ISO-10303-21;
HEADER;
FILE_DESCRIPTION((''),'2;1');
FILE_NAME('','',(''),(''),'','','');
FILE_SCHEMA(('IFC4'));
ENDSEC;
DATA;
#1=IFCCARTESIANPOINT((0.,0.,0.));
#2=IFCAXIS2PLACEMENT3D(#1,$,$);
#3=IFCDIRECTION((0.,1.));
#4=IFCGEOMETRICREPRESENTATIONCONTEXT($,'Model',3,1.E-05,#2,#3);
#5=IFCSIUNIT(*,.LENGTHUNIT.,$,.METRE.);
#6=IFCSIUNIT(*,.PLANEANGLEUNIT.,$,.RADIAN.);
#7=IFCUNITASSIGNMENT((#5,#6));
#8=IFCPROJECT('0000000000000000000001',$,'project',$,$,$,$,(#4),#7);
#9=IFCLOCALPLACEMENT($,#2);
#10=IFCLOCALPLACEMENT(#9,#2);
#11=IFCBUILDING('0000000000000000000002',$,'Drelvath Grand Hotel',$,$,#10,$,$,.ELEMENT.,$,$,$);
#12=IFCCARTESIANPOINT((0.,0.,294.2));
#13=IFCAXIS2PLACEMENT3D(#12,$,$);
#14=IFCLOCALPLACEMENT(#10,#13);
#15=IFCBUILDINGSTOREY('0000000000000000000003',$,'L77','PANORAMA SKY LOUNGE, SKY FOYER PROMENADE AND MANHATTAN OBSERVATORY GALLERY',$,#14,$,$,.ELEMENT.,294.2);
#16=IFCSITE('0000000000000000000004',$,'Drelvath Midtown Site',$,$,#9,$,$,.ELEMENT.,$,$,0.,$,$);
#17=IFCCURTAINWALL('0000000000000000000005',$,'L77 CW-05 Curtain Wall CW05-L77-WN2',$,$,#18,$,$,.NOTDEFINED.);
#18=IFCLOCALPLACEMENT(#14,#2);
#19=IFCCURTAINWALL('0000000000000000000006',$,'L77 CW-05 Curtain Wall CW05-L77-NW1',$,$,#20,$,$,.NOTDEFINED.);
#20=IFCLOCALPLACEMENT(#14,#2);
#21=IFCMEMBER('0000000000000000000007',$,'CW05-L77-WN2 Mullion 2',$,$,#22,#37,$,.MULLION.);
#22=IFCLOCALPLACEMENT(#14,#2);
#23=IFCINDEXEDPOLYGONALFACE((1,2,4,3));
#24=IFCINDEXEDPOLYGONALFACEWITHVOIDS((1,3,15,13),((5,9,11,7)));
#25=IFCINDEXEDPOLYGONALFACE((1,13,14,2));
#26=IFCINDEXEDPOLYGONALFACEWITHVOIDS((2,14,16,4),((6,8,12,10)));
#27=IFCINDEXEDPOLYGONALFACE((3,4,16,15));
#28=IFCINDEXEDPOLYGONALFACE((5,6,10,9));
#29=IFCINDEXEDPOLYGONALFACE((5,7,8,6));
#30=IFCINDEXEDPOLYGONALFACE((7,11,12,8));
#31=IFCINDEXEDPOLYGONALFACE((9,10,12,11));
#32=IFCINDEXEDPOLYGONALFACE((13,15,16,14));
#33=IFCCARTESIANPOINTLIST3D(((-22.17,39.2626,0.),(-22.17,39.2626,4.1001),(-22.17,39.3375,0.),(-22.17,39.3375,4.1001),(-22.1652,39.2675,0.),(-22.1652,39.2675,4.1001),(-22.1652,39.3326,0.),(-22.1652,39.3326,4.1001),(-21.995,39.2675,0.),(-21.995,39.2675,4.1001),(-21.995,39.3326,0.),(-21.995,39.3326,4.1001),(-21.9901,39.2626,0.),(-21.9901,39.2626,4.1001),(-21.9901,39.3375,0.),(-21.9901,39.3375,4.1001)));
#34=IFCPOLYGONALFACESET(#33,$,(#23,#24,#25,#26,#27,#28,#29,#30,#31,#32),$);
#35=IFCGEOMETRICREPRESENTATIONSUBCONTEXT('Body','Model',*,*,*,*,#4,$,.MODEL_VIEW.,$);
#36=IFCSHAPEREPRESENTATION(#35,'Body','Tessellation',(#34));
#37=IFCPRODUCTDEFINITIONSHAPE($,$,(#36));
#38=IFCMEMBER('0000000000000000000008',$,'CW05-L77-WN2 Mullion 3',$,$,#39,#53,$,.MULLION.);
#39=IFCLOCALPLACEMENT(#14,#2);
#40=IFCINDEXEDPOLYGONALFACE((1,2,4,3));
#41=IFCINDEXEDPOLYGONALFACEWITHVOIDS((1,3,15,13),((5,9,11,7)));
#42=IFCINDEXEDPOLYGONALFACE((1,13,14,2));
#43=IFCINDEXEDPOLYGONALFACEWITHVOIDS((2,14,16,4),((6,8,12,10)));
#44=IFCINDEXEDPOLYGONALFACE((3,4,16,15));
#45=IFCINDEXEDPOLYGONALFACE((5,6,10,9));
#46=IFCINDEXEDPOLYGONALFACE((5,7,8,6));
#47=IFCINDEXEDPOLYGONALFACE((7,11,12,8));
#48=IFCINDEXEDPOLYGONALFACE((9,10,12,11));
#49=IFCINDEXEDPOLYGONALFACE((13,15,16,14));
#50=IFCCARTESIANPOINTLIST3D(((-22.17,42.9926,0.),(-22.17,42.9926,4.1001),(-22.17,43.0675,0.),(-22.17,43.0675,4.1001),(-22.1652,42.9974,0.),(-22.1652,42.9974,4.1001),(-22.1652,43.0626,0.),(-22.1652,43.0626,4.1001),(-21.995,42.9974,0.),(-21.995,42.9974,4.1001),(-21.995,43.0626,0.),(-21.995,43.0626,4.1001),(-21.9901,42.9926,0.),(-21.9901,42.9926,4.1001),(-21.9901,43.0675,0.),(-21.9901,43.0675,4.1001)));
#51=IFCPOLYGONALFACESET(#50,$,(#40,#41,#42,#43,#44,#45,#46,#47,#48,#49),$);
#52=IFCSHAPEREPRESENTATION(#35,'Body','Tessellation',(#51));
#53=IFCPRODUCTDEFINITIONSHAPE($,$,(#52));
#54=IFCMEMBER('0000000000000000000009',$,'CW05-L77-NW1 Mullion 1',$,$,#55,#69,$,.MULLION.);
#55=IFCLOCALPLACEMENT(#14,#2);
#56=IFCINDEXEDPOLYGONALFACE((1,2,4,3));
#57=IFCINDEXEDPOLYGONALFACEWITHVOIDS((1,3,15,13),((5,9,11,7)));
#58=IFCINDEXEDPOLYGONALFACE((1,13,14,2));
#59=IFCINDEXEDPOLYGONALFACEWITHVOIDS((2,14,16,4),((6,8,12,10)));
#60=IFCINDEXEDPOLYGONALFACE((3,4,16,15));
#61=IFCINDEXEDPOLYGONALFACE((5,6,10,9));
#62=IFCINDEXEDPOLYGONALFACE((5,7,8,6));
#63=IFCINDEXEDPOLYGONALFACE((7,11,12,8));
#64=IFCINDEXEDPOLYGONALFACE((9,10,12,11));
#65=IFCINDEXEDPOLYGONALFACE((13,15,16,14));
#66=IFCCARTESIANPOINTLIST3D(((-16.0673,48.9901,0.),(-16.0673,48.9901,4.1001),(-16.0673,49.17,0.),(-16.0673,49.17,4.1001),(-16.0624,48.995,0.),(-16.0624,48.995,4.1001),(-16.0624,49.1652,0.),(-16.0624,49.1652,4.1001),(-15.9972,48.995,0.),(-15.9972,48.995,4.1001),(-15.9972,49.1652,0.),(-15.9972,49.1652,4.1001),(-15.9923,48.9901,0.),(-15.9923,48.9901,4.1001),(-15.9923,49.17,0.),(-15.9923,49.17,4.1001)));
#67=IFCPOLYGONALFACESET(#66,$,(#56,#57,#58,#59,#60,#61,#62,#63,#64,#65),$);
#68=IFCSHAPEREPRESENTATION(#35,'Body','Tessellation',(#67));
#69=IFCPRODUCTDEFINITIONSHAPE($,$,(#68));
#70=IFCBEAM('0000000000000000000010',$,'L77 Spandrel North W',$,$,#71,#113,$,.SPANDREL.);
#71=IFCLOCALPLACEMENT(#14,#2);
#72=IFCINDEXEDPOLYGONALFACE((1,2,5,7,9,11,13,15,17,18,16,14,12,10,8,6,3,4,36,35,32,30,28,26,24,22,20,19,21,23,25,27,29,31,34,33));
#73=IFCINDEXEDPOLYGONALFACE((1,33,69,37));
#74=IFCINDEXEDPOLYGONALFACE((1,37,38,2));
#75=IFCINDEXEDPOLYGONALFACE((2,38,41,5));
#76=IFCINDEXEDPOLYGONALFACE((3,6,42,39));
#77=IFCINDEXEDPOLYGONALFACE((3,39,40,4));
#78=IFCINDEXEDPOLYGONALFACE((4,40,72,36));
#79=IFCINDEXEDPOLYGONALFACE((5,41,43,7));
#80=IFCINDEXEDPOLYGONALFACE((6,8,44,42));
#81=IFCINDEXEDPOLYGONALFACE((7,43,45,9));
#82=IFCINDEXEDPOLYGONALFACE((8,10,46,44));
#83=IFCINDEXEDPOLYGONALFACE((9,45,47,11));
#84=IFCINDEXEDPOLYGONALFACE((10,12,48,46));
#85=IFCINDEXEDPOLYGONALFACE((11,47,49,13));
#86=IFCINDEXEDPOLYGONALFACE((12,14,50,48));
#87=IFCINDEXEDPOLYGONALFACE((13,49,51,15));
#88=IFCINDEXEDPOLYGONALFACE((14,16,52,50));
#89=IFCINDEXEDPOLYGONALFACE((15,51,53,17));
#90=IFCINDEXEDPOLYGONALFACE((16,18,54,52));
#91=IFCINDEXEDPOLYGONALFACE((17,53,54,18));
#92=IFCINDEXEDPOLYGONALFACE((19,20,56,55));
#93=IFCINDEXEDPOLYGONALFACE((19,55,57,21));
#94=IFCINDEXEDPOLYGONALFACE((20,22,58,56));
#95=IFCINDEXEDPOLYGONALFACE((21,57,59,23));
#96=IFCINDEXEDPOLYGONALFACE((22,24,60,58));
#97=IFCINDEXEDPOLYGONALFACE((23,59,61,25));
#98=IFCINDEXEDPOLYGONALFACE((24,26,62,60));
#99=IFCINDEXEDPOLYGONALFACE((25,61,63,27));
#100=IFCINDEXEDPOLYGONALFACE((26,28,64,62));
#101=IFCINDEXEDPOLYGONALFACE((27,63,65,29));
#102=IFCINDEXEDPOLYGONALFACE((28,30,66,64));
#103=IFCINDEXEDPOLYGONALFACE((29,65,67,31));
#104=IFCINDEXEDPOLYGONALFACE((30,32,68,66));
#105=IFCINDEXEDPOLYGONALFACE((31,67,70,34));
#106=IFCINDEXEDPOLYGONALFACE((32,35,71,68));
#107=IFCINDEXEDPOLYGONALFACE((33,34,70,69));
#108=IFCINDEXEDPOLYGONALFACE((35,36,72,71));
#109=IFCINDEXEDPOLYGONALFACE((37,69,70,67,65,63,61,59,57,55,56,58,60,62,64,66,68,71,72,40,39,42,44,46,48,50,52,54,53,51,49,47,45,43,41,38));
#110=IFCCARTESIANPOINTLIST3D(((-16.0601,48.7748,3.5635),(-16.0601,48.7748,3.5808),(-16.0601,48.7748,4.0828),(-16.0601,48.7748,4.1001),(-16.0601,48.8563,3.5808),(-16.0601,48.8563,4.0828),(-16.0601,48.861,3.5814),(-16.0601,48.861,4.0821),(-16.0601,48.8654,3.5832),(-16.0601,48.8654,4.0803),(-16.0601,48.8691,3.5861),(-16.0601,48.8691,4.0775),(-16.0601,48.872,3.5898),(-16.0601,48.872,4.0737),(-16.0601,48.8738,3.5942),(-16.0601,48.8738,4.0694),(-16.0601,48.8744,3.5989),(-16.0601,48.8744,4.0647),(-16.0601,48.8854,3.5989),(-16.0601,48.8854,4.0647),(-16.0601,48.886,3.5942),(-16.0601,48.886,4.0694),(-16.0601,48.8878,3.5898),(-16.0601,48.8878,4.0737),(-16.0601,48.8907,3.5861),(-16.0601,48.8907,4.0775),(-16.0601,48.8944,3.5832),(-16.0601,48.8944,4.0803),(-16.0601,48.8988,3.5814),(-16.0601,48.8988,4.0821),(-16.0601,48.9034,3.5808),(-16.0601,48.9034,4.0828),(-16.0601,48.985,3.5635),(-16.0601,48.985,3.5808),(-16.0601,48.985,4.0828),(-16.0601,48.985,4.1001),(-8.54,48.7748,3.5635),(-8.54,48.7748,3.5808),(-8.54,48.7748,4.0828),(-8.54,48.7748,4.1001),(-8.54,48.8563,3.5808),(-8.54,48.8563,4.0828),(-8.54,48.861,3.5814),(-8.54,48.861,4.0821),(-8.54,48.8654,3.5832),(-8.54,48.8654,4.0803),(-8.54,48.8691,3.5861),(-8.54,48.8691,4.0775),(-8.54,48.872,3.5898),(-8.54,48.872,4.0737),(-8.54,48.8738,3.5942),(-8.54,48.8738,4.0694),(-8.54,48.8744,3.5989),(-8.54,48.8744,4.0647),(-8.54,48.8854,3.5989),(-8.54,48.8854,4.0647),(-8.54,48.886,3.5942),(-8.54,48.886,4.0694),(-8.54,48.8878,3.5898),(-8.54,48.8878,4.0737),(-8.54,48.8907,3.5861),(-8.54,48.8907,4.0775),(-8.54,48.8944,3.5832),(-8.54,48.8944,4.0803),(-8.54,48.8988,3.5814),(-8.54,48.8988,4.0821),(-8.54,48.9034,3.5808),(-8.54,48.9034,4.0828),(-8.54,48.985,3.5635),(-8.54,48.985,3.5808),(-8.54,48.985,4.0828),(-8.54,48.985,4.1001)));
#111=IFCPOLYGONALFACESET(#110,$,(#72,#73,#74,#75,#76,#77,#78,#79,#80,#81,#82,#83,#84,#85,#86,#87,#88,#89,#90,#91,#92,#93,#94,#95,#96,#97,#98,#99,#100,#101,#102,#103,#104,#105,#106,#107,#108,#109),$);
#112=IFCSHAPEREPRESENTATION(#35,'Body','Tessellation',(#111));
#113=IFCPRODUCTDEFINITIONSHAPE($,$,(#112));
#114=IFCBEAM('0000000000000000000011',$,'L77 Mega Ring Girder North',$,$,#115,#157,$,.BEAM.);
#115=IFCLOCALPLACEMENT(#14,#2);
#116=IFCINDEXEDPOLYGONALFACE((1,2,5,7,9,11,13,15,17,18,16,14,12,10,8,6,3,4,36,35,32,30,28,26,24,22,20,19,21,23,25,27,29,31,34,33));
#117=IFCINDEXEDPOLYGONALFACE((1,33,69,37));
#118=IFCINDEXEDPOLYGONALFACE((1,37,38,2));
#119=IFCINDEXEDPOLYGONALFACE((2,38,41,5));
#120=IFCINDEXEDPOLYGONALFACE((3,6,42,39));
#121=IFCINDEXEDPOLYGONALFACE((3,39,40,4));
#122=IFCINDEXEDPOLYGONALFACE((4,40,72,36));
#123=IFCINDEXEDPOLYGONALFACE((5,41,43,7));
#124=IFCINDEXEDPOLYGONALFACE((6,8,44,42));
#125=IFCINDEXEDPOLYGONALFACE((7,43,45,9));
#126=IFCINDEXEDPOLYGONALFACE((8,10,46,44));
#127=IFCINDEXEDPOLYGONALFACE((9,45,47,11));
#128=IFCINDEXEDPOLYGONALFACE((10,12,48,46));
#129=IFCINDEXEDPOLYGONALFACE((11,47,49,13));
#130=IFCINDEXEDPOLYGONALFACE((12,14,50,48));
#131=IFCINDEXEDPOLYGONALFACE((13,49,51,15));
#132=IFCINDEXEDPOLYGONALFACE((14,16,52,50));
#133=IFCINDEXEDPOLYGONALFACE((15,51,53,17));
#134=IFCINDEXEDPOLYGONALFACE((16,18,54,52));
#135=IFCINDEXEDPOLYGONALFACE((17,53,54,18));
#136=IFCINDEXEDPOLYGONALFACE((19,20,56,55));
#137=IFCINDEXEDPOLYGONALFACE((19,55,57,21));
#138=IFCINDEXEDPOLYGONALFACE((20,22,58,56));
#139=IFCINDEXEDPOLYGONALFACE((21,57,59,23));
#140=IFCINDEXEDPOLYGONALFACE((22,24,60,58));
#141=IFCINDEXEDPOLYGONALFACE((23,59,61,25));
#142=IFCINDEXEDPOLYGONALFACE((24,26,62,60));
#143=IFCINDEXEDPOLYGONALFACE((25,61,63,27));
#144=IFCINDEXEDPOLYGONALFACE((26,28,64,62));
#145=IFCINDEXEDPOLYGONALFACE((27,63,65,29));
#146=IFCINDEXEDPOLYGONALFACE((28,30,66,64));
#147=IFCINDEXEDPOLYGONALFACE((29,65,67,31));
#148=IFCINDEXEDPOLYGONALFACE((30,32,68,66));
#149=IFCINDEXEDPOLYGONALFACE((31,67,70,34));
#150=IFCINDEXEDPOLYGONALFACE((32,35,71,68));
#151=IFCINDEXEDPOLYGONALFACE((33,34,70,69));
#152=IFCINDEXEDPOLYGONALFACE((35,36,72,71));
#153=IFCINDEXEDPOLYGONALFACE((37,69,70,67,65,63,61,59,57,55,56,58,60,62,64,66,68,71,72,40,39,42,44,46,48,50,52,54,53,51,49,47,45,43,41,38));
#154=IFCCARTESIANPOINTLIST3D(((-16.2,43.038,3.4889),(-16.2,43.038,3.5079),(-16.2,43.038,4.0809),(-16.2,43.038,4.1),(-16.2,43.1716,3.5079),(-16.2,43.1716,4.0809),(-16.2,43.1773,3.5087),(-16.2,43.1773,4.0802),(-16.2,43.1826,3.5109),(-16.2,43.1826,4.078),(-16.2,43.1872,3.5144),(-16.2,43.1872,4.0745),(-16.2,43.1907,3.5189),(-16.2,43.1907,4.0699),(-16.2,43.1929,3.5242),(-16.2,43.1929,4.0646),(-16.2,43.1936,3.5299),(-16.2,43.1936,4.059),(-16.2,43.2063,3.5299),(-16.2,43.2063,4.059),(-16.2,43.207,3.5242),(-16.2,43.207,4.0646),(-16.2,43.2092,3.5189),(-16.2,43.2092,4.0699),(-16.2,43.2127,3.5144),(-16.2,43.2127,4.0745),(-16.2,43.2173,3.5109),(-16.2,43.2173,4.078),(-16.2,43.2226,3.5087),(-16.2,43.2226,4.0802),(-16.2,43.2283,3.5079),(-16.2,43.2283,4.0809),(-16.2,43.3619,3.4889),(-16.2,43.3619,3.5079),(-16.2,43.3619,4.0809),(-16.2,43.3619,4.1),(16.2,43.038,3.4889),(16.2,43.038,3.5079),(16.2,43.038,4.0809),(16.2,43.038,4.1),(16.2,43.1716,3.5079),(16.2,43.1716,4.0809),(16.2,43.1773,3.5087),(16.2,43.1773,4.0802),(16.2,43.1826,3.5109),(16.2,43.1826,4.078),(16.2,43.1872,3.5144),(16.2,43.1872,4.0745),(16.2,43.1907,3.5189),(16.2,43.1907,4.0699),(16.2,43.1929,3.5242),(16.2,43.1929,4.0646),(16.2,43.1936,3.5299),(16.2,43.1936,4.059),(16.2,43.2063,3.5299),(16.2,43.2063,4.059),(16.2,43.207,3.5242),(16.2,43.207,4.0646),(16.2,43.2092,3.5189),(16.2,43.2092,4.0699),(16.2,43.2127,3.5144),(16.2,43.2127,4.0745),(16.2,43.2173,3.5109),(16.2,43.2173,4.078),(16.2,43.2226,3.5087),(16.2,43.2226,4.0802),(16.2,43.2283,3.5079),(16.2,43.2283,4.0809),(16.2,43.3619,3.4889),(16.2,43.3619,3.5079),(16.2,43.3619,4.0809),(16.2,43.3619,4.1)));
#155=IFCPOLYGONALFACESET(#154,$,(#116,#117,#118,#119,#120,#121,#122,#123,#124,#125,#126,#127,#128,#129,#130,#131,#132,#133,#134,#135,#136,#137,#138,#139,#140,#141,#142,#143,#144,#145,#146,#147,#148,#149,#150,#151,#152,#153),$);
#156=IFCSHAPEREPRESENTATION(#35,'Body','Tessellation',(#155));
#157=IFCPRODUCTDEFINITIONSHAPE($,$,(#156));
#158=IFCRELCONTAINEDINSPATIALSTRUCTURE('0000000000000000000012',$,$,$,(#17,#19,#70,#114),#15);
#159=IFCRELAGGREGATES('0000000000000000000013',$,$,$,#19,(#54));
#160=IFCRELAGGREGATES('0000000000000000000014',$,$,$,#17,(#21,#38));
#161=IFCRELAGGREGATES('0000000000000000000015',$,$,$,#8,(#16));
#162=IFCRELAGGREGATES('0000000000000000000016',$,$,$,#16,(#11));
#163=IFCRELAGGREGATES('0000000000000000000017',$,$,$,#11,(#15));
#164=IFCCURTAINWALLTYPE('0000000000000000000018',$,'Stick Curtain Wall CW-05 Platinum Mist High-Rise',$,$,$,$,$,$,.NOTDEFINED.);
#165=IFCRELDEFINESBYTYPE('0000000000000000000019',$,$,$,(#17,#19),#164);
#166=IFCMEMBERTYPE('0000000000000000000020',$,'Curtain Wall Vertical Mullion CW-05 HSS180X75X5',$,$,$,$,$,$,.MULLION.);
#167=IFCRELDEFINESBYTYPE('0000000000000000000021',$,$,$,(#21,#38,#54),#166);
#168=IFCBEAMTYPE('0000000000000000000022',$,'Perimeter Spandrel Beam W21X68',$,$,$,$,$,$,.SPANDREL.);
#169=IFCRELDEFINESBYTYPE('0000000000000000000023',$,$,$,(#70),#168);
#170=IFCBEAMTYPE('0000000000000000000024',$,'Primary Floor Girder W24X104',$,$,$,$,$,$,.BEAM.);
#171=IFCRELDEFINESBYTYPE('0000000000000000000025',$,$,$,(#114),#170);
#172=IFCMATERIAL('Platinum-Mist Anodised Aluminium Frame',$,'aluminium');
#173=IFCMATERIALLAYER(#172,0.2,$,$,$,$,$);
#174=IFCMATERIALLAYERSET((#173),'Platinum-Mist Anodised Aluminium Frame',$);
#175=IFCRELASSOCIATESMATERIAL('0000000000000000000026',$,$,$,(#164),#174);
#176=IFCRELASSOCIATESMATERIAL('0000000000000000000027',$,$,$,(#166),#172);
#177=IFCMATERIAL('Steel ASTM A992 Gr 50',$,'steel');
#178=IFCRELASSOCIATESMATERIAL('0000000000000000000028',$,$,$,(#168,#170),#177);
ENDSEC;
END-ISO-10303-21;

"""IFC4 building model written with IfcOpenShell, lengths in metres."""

from ifc_helpers import new_model, si_unit, direction, frame, origin, origin_2d, place, context, subcontext, project, spatial, hollow_rectangle, i_section, extrude, material, layer, layer_set, material_profile, profile_set, type_object, element, aggregate, save


model = new_model("IFC4")

# Units and contexts
model_context = context("Model", 3, precision=1e-05, world=origin(), true_north=direction((0.0, 1.0)))
body_context = subcontext(model_context, "Body", "Model", "MODEL_VIEW")
ifc_project = project(units=[si_unit("LENGTHUNIT", "METRE"), si_unit("PLANEANGLEUNIT", "RADIAN")], contexts=[model_context])

# Site, building, storey
site_placement = place(None, origin())
site = spatial("IfcSite", under=ifc_project, at=site_placement, Name="Drelvath Midtown Site", CompositionType="ELEMENT", RefElevation=0.0)
building_placement = place(site_placement, origin())
building = spatial("IfcBuilding", under=site, at=building_placement, Name="Drelvath Grand Hotel", CompositionType="ELEMENT")
storey_placement = place(building_placement, frame((0.0, 0.0, 294.2)))
storey = spatial("IfcBuildingStorey", under=building, at=storey_placement, Name="L77", Description="PANORAMA SKY LOUNGE, SKY FOYER PROMENADE AND MANHATTAN OBSERVATORY GALLERY", CompositionType="ELEMENT", Elevation=294.2)

# Shared definitions
ifc_material_1 = material(Name="Steel ASTM A992 Gr 50", Category="steel")

# Curtain walls
ifc_material_2 = material(Name="Platinum-Mist Anodised Aluminium Frame", Category="aluminium")
ifc_layer_1 = layer(ifc_material_2, 0.2)
ifc_layer_set_1 = layer_set([ifc_layer_1], Name="Platinum-Mist Anodised Aluminium Frame")
curtain_wall_type = type_object("IfcCurtainWallType", Name="Stick Curtain Wall CW-05 Platinum Mist High-Rise", PredefinedType="NOTDEFINED", material=ifc_layer_set_1)
curtain_wall_1_placement = place(storey_placement, origin())
curtain_wall_1 = element("IfcCurtainWall", 1, at=curtain_wall_1_placement, inside=storey, type_object=curtain_wall_type, Name="L77 CW-05 Curtain Wall CW05-L77-WN2", PredefinedType="NOTDEFINED")
curtain_wall_2_placement = place(storey_placement, origin())
curtain_wall_2 = element("IfcCurtainWall", 2, at=curtain_wall_2_placement, inside=storey, type_object=curtain_wall_type, Name="L77 CW-05 Curtain Wall CW05-L77-NW1", PredefinedType="NOTDEFINED")

# Members
ifc_material_profile_1 = material_profile(ifc_material_2, hollow_rectangle(XDim=0.075, YDim=0.1799, WallThickness=0.0049, at=origin_2d()), Name="HSS180X75X5")
ifc_profile_set_1 = profile_set([ifc_material_profile_1], Name="Platinum-Mist Anodised Aluminium Frame")
member_type_1 = type_object("IfcMemberType", Name="Curtain Wall Vertical Mullion CW-05 HSS180X75X5", PredefinedType="MULLION", material=ifc_profile_set_1)
member_1_placement = place(storey_placement, frame((-22.0801, 39.3, 0.0), z_axis=(0.0, 0.0, 1.0), x_axis=(0.0, 1.0, 0.0)))
member_1 = element("IfcMember", 3, at=member_1_placement, type_object=member_type_1, Name="CW05-L77-WN2 Mullion 2", PredefinedType="MULLION", context=body_context, shape_type="SweptSolid", body=[
    extrude(hollow_rectangle(XDim=0.075, YDim=0.1799, WallThickness=0.0049, at=origin_2d()), origin(), (0.0, 0.0, 1.0), 4.1001),
])
member_2_placement = place(storey_placement, frame((-22.0801, 43.03, 0.0), z_axis=(0.0, 0.0, 1.0), x_axis=(0.0, 1.0, 0.0)))
member_2 = element("IfcMember", 4, at=member_2_placement, type_object=member_type_1, Name="CW05-L77-WN2 Mullion 3", PredefinedType="MULLION", context=body_context, shape_type="SweptSolid", body=[
    extrude(hollow_rectangle(XDim=0.075, YDim=0.1799, WallThickness=0.0049, at=origin_2d()), origin(), (0.0, 0.0, 1.0), 4.1001),
])
member_3_placement = place(storey_placement, frame((-16.0298, 49.0801, 0.0), z_axis=(0.0, 0.0, 1.0), x_axis=(1.0, 0.0, 0.0)))
member_3 = element("IfcMember", 5, at=member_3_placement, type_object=member_type_1, Name="CW05-L77-NW1 Mullion 1", PredefinedType="MULLION", context=body_context, shape_type="SweptSolid", body=[
    extrude(hollow_rectangle(XDim=0.075, YDim=0.1799, WallThickness=0.0049, at=origin_2d()), origin(), (0.0, 0.0, 1.0), 4.1001),
])
aggregate(curtain_wall_2, [member_3])

# Beams
ifc_material_profile_2 = material_profile(ifc_material_1, i_section(OverallWidth=0.2102, OverallDepth=0.5366, WebThickness=0.011, FlangeThickness=0.0173, FilletRadius=0.0181, at=origin_2d()), Name="W21X68")
ifc_profile_set_2 = profile_set([ifc_material_profile_2], Name="Steel ASTM A992 Gr 50")
beam_type_1 = type_object("IfcBeamType", Name="Perimeter Spandrel Beam W21X68", PredefinedType="SPANDREL", material=ifc_profile_set_2)
beam_1_placement = place(storey_placement, frame((-16.0601, 48.8799, 3.8318), z_axis=(1.0, 0.0, 0.0), x_axis=(0.0, 1.0, 0.0)))
element("IfcBeam", 6, at=beam_1_placement, inside=storey, type_object=beam_type_1, Name="L77 Spandrel North W", PredefinedType="SPANDREL", context=body_context, shape_type="SweptSolid", body=[
    extrude(i_section(OverallWidth=0.2102, OverallDepth=0.5366, WebThickness=0.011, FlangeThickness=0.0173, FilletRadius=0.0181, at=origin_2d()), origin(), (0.0, 0.0, 1.0), 7.52),
])
ifc_material_profile_3 = material_profile(ifc_material_1, i_section(OverallWidth=0.324, OverallDepth=0.6111, WebThickness=0.0127, FlangeThickness=0.019, FilletRadius=0.022, at=origin_2d()), Name="W24X104")
ifc_profile_set_3 = profile_set([ifc_material_profile_3], Name="Steel ASTM A992 Gr 50")
beam_type_2 = type_object("IfcBeamType", Name="Primary Floor Girder W24X104", PredefinedType="BEAM", material=ifc_profile_set_3)
beam_2_placement = place(storey_placement, frame((-16.2, 43.2, 3.7944), z_axis=(1.0, 0.0, 0.0), x_axis=(0.0, 1.0, 0.0)))
element("IfcBeam", 7, at=beam_2_placement, inside=storey, type_object=beam_type_2, Name="L77 Mega Ring Girder North", PredefinedType="BEAM", context=body_context, shape_type="SweptSolid", body=[
    extrude(i_section(OverallWidth=0.324, OverallDepth=0.6111, WebThickness=0.0127, FlangeThickness=0.019, FilletRadius=0.022, at=origin_2d()), origin(), (0.0, 0.0, 1.0), 32.3999),
])

aggregate(curtain_wall_1, [member_1, member_2])

save(model, "model.ifc")
